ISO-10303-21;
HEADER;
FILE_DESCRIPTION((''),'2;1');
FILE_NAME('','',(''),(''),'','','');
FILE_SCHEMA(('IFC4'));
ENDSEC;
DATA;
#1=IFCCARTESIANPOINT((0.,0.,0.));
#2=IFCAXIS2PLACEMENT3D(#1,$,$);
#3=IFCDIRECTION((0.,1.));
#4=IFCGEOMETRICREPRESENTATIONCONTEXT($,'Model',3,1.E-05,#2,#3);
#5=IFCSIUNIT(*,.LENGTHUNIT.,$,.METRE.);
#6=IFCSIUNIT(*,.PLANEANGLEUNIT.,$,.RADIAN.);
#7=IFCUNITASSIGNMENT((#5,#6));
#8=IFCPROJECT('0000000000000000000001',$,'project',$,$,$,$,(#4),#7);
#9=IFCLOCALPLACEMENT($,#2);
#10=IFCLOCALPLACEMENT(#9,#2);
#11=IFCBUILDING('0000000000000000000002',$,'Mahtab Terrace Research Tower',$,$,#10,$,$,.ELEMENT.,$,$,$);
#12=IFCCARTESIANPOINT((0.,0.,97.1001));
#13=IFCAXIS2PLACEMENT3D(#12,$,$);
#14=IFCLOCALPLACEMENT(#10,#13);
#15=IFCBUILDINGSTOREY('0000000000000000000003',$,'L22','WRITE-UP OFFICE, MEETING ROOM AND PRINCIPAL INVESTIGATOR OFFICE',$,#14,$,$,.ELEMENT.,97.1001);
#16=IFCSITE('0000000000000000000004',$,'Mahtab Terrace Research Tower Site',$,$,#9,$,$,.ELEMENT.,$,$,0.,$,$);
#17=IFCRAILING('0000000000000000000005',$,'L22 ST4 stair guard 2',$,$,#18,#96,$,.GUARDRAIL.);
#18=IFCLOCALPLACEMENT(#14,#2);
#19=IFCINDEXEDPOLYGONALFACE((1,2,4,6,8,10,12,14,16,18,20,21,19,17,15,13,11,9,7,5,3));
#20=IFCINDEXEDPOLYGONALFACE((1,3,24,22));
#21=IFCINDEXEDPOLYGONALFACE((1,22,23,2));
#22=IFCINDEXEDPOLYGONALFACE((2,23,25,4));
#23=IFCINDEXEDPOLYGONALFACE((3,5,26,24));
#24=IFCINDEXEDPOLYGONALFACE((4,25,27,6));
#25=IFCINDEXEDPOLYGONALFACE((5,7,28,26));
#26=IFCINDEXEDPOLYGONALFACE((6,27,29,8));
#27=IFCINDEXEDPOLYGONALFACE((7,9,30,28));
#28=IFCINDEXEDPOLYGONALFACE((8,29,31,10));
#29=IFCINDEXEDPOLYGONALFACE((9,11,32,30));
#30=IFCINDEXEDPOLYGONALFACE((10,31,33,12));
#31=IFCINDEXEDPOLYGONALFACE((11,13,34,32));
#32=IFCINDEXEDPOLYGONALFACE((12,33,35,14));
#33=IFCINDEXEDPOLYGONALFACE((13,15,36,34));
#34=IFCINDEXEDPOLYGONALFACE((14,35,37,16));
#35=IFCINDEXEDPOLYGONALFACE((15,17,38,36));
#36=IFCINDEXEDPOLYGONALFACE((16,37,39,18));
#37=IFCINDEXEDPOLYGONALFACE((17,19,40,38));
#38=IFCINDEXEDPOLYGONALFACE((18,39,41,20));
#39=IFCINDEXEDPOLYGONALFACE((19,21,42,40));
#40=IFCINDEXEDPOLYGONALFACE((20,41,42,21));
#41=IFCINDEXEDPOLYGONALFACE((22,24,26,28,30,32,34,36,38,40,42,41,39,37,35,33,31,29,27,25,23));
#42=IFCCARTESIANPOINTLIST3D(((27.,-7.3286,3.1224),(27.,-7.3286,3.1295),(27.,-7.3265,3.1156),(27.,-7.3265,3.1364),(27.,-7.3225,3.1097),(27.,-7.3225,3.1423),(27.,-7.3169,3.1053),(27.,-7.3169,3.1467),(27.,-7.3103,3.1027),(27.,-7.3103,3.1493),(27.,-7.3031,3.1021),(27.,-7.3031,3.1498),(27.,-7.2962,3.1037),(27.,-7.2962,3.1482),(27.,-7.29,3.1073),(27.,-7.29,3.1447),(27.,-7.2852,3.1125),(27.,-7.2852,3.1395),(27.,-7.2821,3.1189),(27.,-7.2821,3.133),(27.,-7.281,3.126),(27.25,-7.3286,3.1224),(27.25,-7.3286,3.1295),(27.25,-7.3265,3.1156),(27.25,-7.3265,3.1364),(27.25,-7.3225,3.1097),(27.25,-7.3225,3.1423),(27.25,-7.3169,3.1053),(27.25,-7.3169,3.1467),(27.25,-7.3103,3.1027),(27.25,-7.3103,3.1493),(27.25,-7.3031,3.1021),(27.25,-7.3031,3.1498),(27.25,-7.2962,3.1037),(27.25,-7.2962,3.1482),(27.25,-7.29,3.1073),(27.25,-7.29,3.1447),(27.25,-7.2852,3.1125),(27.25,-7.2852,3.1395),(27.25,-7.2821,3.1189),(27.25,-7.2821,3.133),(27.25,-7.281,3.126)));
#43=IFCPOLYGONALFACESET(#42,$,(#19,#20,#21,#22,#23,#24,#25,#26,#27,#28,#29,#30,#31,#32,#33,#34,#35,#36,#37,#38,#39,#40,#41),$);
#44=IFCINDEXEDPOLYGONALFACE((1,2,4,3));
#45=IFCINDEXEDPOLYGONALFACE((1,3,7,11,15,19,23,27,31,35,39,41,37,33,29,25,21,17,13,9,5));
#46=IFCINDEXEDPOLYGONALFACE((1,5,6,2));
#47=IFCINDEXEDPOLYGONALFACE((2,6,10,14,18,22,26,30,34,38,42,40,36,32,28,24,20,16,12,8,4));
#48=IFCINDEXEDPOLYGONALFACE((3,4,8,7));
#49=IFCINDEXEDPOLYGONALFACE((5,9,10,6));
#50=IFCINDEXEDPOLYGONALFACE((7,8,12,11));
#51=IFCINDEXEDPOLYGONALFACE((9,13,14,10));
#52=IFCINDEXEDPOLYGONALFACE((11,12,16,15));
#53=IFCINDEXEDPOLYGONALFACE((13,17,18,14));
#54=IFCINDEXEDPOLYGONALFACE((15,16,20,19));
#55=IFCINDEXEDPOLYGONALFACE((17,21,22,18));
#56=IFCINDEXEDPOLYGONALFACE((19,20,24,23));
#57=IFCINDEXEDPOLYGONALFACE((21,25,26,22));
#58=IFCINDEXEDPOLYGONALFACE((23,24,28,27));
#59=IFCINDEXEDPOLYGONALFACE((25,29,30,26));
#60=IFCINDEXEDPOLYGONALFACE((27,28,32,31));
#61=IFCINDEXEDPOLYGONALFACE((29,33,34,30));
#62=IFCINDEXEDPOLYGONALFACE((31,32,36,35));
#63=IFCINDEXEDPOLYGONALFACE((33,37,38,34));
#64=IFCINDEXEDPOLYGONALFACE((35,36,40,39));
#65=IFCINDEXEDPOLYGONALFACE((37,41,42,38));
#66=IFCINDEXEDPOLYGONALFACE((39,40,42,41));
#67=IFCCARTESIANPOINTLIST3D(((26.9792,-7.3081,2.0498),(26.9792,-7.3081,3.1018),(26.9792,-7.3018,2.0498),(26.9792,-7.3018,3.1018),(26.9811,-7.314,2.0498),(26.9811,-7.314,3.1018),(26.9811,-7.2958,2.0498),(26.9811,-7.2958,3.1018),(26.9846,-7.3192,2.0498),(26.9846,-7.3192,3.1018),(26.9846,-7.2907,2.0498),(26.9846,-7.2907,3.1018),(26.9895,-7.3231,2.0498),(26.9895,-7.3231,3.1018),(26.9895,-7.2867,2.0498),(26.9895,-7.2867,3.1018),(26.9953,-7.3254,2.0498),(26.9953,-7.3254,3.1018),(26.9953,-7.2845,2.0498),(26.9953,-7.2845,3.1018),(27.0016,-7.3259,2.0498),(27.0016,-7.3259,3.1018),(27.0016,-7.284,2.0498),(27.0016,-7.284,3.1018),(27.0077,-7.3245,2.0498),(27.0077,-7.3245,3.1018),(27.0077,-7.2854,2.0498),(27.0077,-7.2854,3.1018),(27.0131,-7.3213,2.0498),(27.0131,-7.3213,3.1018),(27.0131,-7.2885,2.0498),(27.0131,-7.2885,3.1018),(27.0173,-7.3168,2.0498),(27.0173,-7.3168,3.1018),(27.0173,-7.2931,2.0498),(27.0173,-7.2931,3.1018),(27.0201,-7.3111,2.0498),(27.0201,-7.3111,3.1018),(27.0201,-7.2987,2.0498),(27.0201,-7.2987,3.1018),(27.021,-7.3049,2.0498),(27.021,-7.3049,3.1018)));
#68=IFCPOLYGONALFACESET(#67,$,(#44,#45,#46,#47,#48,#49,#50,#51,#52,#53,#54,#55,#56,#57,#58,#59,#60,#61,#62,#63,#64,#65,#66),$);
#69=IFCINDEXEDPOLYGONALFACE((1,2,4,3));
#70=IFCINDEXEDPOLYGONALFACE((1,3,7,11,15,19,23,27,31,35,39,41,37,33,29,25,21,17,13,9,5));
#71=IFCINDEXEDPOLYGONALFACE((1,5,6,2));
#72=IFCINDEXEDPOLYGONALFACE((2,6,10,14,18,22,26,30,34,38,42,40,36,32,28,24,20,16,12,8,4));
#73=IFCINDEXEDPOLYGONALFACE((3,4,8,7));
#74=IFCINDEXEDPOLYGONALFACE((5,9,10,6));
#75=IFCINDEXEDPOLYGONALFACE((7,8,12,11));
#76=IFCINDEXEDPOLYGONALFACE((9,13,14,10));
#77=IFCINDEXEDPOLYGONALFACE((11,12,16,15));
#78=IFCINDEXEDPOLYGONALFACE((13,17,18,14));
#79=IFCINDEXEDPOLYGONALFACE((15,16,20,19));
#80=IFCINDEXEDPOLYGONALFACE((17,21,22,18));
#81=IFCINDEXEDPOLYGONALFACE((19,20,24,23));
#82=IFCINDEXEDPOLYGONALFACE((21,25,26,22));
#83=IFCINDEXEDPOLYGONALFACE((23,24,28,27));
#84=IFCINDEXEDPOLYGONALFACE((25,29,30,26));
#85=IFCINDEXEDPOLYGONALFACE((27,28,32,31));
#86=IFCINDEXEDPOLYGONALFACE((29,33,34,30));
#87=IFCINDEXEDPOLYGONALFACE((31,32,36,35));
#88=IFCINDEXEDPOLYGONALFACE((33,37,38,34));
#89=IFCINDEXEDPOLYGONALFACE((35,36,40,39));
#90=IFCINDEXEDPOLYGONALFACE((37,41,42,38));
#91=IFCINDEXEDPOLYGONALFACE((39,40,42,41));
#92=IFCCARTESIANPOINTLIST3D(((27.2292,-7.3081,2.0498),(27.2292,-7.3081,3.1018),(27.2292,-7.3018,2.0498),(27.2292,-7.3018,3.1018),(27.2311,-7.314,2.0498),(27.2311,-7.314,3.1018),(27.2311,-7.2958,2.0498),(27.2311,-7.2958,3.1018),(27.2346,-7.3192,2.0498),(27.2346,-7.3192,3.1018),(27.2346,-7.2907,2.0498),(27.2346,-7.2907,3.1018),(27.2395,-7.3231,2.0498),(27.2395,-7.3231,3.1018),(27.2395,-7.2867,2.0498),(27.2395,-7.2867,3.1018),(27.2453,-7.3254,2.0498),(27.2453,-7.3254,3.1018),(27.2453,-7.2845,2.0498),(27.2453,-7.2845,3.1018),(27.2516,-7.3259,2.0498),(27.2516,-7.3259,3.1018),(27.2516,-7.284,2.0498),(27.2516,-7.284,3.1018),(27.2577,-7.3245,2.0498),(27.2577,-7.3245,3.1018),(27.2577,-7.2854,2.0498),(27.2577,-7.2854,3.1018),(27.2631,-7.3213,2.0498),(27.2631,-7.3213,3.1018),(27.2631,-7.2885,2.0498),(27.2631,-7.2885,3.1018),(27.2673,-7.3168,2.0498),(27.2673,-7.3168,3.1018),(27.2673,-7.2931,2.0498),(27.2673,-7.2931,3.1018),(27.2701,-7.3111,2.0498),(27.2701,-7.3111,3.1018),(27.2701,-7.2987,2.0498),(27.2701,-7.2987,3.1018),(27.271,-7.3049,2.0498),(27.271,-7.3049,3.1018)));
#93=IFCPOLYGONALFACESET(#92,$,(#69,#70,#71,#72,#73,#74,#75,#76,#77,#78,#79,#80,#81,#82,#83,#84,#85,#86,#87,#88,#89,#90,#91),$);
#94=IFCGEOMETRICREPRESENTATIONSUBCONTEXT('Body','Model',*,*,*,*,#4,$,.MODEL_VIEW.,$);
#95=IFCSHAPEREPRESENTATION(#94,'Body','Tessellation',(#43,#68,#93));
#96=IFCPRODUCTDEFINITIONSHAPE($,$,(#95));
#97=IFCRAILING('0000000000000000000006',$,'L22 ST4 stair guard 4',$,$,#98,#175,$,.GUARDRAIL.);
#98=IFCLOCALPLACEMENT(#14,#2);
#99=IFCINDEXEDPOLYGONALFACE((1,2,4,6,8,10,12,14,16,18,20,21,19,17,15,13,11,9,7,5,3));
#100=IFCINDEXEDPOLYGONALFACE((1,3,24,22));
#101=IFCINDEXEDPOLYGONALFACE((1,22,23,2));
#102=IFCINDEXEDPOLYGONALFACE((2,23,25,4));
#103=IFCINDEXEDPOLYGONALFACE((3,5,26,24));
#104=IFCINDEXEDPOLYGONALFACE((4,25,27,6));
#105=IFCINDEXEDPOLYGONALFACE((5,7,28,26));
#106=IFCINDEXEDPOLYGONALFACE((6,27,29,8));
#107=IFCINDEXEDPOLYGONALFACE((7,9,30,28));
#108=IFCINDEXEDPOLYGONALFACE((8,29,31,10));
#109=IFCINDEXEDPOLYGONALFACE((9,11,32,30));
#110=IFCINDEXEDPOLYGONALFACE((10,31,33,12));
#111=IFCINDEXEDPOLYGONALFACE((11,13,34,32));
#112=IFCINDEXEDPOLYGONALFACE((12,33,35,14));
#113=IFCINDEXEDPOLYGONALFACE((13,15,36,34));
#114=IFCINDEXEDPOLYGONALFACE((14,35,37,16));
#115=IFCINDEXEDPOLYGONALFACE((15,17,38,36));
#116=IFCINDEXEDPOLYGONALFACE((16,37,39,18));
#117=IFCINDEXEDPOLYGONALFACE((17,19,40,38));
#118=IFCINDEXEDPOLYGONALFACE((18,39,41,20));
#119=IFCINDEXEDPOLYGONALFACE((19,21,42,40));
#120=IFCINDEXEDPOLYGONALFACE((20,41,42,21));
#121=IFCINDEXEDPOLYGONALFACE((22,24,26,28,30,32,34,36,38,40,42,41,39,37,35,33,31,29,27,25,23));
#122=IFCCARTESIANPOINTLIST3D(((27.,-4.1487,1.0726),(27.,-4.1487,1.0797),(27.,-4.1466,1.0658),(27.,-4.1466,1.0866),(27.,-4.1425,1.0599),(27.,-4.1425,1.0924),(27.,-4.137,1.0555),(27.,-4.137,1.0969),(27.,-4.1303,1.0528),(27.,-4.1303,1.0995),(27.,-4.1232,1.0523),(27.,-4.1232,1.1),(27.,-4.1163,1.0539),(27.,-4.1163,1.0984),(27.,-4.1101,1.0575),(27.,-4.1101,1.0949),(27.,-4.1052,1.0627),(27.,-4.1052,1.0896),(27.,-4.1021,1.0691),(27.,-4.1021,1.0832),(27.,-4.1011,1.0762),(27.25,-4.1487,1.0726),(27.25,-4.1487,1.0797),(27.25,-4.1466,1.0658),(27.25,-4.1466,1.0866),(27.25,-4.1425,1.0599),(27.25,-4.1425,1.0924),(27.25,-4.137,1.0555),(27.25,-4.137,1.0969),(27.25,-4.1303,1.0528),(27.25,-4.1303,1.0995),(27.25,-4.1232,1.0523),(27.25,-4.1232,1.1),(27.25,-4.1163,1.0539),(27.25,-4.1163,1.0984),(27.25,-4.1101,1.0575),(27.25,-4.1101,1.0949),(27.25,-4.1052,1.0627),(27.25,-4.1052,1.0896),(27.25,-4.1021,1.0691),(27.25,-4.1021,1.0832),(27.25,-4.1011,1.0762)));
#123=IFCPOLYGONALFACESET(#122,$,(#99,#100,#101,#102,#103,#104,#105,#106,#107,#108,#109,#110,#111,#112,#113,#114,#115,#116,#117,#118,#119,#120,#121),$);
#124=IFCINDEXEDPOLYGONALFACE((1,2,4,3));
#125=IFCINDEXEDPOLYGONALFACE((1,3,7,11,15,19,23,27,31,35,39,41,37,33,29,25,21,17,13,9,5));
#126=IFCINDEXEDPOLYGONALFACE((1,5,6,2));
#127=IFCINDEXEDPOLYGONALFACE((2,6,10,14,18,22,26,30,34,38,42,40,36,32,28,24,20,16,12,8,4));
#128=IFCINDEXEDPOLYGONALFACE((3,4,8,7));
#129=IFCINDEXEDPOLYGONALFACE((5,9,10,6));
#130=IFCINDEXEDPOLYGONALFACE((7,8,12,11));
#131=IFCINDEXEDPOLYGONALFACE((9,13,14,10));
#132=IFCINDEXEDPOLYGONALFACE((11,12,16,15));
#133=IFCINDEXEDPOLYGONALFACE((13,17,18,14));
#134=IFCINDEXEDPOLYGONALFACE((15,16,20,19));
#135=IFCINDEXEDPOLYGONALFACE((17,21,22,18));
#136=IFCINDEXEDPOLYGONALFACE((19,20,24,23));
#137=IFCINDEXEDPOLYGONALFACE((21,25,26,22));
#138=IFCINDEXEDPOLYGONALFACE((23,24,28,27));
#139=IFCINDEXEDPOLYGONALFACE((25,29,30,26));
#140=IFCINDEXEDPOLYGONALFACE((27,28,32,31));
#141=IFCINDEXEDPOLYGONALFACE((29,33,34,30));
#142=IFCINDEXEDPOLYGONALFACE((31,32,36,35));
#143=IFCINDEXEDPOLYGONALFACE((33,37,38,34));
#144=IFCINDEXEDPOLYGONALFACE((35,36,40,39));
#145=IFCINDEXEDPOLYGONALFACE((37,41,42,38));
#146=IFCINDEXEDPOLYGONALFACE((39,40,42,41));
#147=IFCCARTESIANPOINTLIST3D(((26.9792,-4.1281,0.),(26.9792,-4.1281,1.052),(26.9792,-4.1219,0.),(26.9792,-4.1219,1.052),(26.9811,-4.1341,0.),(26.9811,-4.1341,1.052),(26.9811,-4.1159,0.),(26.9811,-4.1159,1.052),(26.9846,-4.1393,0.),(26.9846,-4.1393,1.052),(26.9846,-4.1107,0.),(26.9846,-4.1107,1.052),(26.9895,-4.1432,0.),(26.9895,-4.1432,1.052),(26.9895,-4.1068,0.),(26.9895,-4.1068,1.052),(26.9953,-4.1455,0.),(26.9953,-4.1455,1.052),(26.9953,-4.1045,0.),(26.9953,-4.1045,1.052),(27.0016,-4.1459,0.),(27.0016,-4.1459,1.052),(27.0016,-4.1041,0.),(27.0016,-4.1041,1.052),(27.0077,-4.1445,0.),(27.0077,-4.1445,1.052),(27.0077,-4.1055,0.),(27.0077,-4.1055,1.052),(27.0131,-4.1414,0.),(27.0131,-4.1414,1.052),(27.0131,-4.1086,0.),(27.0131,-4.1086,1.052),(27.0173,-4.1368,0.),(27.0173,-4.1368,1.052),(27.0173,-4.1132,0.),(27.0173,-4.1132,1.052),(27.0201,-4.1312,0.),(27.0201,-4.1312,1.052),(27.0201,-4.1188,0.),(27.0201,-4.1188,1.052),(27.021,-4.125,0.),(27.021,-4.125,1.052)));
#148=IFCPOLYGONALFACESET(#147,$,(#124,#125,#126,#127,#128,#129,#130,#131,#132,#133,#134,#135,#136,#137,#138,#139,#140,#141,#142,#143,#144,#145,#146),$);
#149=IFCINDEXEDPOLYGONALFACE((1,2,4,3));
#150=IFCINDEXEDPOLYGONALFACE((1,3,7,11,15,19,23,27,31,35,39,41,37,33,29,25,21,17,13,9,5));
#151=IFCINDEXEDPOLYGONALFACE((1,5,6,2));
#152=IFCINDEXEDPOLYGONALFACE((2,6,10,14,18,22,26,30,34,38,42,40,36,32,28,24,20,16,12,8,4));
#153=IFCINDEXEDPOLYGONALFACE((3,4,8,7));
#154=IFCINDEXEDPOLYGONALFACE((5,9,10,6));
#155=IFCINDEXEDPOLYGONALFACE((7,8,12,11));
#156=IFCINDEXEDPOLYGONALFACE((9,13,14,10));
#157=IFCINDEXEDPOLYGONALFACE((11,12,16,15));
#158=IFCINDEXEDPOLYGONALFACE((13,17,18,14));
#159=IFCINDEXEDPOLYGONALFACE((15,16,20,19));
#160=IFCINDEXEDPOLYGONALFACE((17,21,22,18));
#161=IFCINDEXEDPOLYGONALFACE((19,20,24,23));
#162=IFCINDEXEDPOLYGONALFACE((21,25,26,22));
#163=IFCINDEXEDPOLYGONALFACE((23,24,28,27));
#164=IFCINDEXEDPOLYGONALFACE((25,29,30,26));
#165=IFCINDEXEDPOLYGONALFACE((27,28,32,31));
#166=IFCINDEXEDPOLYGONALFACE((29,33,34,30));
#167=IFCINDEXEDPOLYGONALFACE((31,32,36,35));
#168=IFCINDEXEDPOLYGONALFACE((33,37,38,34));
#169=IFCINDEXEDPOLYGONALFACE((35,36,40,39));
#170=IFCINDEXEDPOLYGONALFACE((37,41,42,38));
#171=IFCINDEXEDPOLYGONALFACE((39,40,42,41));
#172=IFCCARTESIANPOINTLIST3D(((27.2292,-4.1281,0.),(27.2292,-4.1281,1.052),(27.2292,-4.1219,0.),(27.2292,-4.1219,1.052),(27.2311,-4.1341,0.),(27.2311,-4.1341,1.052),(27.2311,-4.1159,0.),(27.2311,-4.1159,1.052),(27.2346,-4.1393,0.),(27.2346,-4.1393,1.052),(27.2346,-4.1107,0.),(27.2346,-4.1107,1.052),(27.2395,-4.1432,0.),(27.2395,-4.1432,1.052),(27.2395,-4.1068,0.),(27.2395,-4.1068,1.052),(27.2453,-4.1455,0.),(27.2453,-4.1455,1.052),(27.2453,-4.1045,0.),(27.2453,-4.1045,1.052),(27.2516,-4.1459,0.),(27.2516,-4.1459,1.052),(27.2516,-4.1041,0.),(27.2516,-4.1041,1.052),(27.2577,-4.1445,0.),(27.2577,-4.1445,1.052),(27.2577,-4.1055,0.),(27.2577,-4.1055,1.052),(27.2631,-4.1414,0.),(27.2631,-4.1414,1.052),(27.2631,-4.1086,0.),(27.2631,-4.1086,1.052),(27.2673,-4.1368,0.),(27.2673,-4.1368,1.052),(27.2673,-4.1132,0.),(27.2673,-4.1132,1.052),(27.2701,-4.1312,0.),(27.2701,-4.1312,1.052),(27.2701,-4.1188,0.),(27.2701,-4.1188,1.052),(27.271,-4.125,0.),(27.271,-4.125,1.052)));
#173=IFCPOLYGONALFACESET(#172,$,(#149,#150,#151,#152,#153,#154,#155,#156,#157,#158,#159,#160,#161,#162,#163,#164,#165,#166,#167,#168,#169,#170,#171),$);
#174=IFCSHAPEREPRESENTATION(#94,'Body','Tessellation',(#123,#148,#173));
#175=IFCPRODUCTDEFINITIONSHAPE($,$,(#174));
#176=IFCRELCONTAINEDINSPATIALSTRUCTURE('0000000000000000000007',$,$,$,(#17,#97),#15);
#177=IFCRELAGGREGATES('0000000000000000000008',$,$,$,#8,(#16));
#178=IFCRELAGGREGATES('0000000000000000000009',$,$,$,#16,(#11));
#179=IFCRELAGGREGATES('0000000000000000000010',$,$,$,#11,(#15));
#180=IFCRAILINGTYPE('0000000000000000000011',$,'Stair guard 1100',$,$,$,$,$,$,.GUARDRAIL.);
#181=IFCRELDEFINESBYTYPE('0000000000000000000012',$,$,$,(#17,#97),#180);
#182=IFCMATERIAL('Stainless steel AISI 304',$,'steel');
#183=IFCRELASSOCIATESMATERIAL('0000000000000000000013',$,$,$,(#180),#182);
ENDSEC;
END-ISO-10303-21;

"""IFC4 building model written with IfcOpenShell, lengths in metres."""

from ifc_helpers import new_model, si_unit, direction, frame, origin, origin_2d, place, context, subcontext, project, spatial, circle, extrude, material, type_object, element, save


model = new_model("IFC4")

# Units and contexts
model_context = context("Model", 3, precision=1e-05, world=origin(), true_north=direction((0.0, 1.0)))
body_context = subcontext(model_context, "Body", "Model", "MODEL_VIEW")
ifc_project = project(units=[si_unit("LENGTHUNIT", "METRE"), si_unit("PLANEANGLEUNIT", "RADIAN")], contexts=[model_context])

# Site, building, storey
site_placement = place(None, origin())
site = spatial("IfcSite", under=ifc_project, at=site_placement, Name="Mahtab Terrace Research Tower Site", CompositionType="ELEMENT", RefElevation=0.0)
building_placement = place(site_placement, origin())
building = spatial("IfcBuilding", under=site, at=building_placement, Name="Mahtab Terrace Research Tower", CompositionType="ELEMENT")
storey_placement = place(building_placement, frame((0.0, 0.0, 97.1001)))
storey = spatial("IfcBuildingStorey", under=building, at=storey_placement, Name="L22", Description="WRITE-UP OFFICE, MEETING ROOM AND PRINCIPAL INVESTIGATOR OFFICE", CompositionType="ELEMENT", Elevation=97.1001)

# Shared definitions
ifc_material_1 = material(Name="Stainless steel AISI 304", Category="steel")

# Railings
railing_type_1 = type_object("IfcRailingType", Name="Stair guard 1100", PredefinedType="GUARDRAIL", material=ifc_material_1)
for number, where, name in (
    (1, (27.0, -7.3049, 2.0498), "L22 ST4 stair guard 2"),
    (2, (27.0, -4.125, 0.0), "L22 ST4 stair guard 4"),
):
    element("IfcRailing", number, at=place(storey_placement, frame(where)), inside=storey, type_object=railing_type_1, Name=name, PredefinedType="GUARDRAIL", context=body_context, shape_type="SweptSolid", body=[
        extrude(circle(Radius=0.0239, at=origin_2d()), frame((0.0, 0.0, 1.0762), z_axis=(1.0, 0.0, 0.0), x_axis=(0.0, 1.0, 0.0)), (0.0, 0.0, 1.0), 0.25),
        extrude(circle(Radius=0.021, at=origin_2d()), origin(), (0.0, 0.0, 1.0), 1.052),
        extrude(circle(Radius=0.021, at=origin_2d()), frame((0.25, 0.0, 0.0)), (0.0, 0.0, 1.0), 1.052),
    ])

save(model, "model.ifc")
